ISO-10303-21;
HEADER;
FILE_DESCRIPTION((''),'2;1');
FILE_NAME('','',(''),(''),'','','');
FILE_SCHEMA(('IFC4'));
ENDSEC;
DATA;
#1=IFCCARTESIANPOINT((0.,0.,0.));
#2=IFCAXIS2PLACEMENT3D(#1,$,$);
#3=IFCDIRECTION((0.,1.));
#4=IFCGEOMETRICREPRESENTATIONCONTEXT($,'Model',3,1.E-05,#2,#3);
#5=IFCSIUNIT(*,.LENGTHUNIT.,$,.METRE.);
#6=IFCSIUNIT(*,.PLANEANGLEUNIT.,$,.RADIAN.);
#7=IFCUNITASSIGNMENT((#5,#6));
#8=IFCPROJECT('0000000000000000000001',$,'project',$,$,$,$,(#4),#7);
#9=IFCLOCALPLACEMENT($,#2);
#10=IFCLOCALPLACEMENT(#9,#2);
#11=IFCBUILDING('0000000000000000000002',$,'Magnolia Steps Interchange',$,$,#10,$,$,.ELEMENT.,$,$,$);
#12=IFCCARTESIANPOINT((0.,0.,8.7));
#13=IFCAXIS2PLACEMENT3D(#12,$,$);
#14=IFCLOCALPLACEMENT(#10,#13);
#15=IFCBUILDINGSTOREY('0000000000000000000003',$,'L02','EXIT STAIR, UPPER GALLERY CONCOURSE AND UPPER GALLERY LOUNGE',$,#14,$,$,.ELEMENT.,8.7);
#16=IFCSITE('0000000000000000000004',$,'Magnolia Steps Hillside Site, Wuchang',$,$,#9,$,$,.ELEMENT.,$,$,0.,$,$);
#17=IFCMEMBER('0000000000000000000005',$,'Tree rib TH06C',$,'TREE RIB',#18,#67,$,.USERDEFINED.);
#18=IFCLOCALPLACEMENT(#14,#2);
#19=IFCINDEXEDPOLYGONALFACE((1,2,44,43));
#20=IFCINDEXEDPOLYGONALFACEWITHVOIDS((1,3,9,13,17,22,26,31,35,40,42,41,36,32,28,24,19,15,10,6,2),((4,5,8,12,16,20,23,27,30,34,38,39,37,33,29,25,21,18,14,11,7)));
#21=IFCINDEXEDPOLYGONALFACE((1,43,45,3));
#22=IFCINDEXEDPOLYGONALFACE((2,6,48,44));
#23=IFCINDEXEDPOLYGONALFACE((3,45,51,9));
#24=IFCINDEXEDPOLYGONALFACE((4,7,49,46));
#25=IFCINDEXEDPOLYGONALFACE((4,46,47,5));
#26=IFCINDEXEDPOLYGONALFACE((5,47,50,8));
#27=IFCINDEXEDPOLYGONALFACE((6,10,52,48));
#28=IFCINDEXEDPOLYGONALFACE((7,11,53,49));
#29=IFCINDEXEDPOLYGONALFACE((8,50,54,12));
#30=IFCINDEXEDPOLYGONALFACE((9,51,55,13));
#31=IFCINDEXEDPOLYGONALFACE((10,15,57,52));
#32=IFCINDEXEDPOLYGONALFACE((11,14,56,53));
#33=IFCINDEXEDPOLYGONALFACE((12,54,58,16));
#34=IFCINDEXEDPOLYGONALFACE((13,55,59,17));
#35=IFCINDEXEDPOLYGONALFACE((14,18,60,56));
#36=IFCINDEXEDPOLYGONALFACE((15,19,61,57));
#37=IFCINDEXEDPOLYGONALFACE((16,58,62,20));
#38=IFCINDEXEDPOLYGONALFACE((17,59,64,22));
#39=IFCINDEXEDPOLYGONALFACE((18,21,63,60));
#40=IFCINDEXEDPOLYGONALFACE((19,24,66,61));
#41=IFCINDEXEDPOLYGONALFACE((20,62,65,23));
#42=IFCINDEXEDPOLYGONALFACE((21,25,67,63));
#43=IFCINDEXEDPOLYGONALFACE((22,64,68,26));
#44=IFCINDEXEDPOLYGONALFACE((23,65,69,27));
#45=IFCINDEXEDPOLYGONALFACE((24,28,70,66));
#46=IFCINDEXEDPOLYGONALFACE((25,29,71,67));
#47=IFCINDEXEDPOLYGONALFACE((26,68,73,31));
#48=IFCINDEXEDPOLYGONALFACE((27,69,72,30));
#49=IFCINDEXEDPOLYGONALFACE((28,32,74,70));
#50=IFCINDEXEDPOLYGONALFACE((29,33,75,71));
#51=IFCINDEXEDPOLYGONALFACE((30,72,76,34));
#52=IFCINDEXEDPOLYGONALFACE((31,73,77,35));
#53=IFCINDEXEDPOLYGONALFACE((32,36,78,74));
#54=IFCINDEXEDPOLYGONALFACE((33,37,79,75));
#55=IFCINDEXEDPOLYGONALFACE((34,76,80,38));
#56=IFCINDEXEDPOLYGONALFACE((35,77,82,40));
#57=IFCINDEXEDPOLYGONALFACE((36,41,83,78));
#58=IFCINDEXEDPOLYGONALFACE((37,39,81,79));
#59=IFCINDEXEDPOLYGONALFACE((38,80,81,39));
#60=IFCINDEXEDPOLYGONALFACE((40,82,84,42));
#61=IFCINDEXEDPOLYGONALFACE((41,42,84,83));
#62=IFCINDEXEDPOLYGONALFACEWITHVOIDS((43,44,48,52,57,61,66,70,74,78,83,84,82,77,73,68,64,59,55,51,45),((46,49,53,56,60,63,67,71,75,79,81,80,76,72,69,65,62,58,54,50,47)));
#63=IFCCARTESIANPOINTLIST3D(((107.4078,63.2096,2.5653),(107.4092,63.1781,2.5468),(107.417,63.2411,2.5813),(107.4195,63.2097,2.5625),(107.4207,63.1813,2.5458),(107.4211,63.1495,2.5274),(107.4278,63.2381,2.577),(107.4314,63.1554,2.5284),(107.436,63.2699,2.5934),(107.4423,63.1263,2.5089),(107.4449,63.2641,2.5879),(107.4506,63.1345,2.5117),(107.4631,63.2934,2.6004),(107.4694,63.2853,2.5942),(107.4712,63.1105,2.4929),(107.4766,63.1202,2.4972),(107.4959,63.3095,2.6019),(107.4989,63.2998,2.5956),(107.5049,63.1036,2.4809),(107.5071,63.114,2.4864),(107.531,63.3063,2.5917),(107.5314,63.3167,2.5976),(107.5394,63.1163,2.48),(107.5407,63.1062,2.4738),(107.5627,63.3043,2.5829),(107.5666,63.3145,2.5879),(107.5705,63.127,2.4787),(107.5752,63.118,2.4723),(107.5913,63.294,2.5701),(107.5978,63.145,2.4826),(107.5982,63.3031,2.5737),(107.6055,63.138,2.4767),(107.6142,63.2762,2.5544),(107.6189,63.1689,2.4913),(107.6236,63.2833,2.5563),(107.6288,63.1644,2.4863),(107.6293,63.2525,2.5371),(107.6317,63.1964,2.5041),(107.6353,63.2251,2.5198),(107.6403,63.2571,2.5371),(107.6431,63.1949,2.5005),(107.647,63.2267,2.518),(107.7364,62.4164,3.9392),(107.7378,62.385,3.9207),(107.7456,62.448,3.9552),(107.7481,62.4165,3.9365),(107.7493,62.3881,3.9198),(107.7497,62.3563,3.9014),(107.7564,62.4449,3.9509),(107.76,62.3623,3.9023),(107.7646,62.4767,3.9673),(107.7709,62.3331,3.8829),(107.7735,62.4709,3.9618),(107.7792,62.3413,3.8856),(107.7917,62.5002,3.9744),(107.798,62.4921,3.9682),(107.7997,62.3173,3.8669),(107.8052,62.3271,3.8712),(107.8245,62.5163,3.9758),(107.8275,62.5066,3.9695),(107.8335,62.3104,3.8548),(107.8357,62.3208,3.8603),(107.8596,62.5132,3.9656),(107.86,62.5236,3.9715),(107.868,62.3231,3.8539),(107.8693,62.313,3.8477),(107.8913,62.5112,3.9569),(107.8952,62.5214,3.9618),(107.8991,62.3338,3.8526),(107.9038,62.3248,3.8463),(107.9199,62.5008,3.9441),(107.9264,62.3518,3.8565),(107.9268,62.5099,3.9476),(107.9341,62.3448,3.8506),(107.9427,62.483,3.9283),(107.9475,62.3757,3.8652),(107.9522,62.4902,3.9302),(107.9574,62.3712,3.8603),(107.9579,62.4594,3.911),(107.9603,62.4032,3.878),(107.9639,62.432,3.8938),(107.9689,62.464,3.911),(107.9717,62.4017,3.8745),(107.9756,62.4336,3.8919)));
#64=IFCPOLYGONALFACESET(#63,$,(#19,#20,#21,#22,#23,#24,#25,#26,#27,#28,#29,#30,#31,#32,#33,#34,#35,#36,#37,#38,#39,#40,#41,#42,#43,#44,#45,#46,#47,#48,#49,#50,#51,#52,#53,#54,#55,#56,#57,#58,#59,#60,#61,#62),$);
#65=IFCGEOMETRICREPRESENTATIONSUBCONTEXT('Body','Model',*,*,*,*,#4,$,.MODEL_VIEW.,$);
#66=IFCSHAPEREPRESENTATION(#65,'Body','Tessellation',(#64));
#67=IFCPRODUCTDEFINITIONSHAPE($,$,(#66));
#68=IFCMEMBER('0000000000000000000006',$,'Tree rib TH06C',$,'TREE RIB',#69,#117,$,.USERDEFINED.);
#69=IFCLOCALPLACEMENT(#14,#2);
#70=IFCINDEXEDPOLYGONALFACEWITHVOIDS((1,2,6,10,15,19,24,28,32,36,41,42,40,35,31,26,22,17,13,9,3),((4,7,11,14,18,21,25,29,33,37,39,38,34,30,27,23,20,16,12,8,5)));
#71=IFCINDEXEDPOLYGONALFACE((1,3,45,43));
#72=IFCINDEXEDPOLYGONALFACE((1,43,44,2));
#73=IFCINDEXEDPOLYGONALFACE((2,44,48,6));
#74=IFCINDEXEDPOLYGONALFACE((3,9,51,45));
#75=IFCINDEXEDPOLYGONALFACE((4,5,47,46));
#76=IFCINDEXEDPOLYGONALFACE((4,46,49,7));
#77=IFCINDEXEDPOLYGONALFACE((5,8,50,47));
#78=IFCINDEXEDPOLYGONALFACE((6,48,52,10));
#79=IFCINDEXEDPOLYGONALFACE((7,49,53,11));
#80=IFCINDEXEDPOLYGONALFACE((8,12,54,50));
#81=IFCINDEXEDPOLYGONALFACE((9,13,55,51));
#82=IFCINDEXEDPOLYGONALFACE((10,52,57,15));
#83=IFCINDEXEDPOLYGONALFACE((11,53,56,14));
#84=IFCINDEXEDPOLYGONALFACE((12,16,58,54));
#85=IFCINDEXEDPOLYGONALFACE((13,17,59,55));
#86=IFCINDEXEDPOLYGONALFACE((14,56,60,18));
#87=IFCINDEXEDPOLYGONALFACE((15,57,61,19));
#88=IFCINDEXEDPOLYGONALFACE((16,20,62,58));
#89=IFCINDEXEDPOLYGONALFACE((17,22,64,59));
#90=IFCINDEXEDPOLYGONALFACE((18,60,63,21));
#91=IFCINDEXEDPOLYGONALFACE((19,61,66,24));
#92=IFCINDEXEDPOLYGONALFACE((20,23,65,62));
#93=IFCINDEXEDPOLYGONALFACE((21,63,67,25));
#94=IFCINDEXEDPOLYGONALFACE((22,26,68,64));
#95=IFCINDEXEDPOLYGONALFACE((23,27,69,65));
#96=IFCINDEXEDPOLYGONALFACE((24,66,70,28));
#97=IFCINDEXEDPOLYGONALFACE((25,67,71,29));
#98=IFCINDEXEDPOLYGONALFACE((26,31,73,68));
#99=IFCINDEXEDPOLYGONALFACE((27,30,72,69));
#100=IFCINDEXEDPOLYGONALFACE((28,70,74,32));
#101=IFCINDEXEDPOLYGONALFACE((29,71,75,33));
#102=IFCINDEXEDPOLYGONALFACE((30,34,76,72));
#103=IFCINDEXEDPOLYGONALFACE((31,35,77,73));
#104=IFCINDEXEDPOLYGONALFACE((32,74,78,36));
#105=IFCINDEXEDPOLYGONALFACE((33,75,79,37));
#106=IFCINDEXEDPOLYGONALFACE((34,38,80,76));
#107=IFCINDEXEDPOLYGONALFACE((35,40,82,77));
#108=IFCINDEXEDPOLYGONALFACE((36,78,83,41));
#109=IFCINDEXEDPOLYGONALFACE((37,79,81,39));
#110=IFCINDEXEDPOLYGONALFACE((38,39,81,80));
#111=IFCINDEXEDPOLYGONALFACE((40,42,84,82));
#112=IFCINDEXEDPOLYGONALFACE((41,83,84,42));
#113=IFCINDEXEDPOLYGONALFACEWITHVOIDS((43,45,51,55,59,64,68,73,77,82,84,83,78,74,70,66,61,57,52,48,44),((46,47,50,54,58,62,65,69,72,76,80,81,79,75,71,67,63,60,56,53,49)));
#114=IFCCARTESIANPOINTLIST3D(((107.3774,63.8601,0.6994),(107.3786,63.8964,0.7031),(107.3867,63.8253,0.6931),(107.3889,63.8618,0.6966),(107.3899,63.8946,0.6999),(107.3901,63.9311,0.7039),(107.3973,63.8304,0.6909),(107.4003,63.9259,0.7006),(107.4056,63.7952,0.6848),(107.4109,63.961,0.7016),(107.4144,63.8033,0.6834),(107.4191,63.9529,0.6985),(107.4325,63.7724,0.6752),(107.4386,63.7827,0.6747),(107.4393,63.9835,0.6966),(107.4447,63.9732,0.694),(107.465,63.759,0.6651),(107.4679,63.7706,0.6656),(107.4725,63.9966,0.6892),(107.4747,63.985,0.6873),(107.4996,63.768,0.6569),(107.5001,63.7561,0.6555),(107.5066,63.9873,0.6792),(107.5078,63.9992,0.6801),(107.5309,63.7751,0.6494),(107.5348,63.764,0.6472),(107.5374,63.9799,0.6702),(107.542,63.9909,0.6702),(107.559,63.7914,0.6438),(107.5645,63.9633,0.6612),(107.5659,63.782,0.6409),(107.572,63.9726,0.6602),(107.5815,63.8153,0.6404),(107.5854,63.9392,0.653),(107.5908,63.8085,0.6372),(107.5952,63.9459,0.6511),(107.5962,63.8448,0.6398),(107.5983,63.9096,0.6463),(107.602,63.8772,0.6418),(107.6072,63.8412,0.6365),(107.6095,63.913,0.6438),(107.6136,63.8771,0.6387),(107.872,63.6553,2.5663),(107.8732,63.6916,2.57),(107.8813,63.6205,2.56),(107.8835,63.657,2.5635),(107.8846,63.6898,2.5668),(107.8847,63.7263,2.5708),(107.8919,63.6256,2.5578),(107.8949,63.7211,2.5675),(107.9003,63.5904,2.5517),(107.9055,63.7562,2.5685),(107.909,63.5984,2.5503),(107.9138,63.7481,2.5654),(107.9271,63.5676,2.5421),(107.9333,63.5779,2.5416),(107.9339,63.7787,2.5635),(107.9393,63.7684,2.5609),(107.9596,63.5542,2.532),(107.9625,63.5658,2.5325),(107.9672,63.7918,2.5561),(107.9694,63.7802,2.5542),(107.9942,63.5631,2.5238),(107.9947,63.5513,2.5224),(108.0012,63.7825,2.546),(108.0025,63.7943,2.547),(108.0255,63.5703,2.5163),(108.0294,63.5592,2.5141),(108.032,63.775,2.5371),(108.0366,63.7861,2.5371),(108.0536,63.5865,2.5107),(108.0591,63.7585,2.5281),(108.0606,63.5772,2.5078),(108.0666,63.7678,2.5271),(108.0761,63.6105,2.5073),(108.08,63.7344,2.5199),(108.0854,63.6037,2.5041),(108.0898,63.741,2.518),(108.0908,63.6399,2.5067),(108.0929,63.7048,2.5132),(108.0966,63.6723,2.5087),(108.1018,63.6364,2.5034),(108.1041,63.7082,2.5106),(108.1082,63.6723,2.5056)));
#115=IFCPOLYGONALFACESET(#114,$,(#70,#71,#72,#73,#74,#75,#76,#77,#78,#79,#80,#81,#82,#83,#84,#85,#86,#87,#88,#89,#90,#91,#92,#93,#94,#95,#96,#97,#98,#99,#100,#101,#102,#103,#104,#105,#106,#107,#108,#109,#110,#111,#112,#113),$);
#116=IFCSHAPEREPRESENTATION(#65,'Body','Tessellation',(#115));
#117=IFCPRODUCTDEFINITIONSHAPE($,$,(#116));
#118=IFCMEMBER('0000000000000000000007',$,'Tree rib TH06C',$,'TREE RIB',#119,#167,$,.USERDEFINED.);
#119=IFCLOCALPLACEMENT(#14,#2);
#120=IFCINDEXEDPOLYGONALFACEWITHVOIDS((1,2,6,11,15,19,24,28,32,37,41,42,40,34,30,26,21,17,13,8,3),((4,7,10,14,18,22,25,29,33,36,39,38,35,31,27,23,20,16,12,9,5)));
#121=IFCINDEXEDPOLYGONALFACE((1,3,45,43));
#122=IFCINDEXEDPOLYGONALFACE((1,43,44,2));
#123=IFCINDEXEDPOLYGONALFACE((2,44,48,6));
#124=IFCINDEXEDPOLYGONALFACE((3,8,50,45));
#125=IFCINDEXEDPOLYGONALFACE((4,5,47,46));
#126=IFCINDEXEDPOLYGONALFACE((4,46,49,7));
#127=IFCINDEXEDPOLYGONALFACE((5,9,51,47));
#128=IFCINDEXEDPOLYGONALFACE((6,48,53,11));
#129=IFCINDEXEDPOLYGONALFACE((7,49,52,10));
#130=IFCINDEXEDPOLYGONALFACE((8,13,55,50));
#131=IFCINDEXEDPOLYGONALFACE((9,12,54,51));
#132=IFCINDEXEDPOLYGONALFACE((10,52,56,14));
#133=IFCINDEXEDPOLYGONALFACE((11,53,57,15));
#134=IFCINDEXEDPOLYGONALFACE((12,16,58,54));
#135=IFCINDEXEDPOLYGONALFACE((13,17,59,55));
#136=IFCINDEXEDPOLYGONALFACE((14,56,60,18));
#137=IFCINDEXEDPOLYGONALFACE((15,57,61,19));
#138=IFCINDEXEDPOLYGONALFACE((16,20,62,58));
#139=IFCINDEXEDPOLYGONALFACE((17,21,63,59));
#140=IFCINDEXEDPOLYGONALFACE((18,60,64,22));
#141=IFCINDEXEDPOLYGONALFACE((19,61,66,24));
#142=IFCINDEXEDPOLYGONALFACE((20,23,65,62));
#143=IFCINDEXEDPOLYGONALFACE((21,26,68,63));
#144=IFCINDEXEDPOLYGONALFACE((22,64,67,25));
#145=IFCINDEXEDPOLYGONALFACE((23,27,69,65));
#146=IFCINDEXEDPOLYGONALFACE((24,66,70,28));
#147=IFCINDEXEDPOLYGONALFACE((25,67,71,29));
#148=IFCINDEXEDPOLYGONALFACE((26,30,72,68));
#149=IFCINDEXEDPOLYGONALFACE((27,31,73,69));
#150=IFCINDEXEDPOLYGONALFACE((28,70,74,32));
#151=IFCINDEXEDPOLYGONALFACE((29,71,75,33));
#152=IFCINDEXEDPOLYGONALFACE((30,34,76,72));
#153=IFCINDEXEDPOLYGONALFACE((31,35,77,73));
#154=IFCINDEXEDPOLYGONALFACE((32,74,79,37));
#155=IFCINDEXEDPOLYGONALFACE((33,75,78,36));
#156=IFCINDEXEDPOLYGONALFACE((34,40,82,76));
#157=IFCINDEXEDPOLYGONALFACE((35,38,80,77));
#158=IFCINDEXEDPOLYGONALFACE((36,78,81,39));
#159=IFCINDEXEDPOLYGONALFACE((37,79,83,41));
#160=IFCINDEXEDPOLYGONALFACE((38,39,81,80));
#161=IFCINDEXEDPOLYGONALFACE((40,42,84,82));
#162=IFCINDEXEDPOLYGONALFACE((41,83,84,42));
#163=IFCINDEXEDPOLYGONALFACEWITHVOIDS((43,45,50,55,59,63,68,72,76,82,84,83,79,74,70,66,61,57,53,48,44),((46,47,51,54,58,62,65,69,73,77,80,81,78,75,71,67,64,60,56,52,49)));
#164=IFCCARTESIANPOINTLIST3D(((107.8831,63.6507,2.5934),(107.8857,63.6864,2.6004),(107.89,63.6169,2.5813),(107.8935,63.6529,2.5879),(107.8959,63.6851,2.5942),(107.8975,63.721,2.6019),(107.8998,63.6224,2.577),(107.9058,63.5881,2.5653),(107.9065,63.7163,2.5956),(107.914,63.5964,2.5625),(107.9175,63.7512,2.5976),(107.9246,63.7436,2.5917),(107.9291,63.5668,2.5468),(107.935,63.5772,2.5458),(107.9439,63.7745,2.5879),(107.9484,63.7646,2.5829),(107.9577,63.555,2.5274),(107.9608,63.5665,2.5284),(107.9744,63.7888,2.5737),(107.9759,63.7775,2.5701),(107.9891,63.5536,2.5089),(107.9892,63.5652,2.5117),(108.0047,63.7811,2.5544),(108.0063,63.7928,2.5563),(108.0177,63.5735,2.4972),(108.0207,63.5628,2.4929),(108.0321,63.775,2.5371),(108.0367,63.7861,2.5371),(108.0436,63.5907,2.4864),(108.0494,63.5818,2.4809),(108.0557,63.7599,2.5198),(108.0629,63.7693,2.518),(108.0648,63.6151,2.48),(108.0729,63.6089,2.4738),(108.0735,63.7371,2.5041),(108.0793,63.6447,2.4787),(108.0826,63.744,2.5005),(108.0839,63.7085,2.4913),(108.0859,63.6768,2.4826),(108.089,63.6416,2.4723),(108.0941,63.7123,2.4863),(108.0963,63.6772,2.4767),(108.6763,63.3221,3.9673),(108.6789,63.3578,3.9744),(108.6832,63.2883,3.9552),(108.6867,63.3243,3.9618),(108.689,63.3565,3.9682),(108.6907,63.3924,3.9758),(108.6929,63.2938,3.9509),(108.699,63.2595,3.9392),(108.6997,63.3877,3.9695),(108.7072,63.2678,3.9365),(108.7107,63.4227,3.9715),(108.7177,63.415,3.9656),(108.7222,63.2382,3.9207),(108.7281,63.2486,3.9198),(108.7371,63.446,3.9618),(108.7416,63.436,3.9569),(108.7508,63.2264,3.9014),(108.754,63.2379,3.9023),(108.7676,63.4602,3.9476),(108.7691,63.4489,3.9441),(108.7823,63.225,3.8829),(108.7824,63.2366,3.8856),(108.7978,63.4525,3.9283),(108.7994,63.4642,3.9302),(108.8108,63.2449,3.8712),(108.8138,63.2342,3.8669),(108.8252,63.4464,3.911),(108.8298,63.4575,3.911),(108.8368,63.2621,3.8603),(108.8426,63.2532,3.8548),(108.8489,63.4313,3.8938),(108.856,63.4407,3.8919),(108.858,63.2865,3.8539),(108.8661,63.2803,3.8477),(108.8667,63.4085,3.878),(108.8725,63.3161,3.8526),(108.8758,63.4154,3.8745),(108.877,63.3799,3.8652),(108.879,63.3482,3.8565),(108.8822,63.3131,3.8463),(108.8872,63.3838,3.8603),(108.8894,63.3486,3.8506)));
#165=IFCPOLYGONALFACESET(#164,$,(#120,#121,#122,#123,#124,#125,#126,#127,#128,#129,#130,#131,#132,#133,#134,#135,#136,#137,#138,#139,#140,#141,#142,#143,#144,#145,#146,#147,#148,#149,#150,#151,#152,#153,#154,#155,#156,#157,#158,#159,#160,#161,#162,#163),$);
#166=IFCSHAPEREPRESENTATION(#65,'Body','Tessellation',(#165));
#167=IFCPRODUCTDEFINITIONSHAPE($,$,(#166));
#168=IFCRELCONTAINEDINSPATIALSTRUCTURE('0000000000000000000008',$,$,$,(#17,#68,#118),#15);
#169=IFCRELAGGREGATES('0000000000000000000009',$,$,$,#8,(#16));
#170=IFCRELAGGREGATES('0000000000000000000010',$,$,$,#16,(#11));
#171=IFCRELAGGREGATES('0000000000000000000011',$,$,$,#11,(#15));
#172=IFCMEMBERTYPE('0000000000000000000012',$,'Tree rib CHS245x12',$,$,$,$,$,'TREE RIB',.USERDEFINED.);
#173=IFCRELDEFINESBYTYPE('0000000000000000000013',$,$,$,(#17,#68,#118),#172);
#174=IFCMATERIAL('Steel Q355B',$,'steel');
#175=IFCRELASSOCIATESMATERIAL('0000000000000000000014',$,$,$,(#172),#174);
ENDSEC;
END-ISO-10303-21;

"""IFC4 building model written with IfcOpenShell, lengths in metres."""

from ifc_helpers import new_model, si_unit, direction, frame, origin, origin_2d, place, context, subcontext, project, spatial, hollow_circle, extrude, material, material_profile, profile_set, type_object, element, save


model = new_model("IFC4")

# Units and contexts
model_context = context("Model", 3, precision=1e-05, world=origin(), true_north=direction((0.0, 1.0)))
body_context = subcontext(model_context, "Body", "Model", "MODEL_VIEW")
ifc_project = project(units=[si_unit("LENGTHUNIT", "METRE"), si_unit("PLANEANGLEUNIT", "RADIAN")], contexts=[model_context])

# Site, building, storey
site_placement = place(None, origin())
site = spatial("IfcSite", under=ifc_project, at=site_placement, Name="Magnolia Steps Hillside Site, Wuchang", CompositionType="ELEMENT", RefElevation=0.0)
building_placement = place(site_placement, origin())
building = spatial("IfcBuilding", under=site, at=building_placement, Name="Magnolia Steps Interchange", CompositionType="ELEMENT")
storey_placement = place(building_placement, frame((0.0, 0.0, 8.7)))
storey = spatial("IfcBuildingStorey", under=building, at=storey_placement, Name="L02", Description="EXIT STAIR, UPPER GALLERY CONCOURSE AND UPPER GALLERY LOUNGE", CompositionType="ELEMENT", Elevation=8.7)

# Members
ifc_material_1 = material(Name="Steel Q355B", Category="steel")
ifc_material_profile_1 = material_profile(ifc_material_1, hollow_circle(Radius=0.1226, WallThickness=0.012, at=origin_2d()), Name="CHS245x12")
ifc_profile_set_1 = profile_set([ifc_material_profile_1], Name="Steel Q355B")
member_type_1 = type_object("IfcMemberType", Name="Tree rib CHS245x12", ElementType="TREE RIB", PredefinedType="USERDEFINED", material=ifc_profile_set_1)
member_1_placement = place(storey_placement, frame((107.5271, 63.2102, 2.5371), z_axis=(0.20282, -0.489571, 0.848047), x_axis=(0.923857, 0.382737, 0.0)))
element("IfcMember", 1, at=member_1_placement, inside=storey, type_object=member_type_1, Name="Tree rib TH06C", ObjectType="TREE RIB", PredefinedType="USERDEFINED", context=body_context, shape_type="SweptSolid", body=[
    extrude(hollow_circle(Radius=0.1226, WallThickness=0.012, at=origin_2d()), origin(), (0.0, 0.0, 1.0), 1.6201),
])
member_2_placement = place(storey_placement, frame((107.4951, 63.8777, 0.6702), z_axis=(0.254676, -0.105466, 0.961258), x_axis=(0.382607, 0.923911, 0.0)))
element("IfcMember", 2, at=member_2_placement, inside=storey, type_object=member_type_1, Name="Tree rib TH06C", ObjectType="TREE RIB", PredefinedType="USERDEFINED", context=body_context, shape_type="SweptSolid", body=[
    extrude(hollow_circle(Radius=0.1226, WallThickness=0.012, at=origin_2d()), origin(), (0.0, 0.0, 1.0), 1.9421),
])
member_3_placement = place(storey_placement, frame((107.9897, 63.6729, 2.5371), z_axis=(0.489571, -0.20282, 0.848047), x_axis=(0.382737, 0.923857, 0.0)))
element("IfcMember", 3, at=member_3_placement, inside=storey, type_object=member_type_1, Name="Tree rib TH06C", ObjectType="TREE RIB", PredefinedType="USERDEFINED", context=body_context, shape_type="SweptSolid", body=[
    extrude(hollow_circle(Radius=0.1226, WallThickness=0.012, at=origin_2d()), origin(), (0.0, 0.0, 1.0), 1.6201),
])

save(model, "model.ifc")
